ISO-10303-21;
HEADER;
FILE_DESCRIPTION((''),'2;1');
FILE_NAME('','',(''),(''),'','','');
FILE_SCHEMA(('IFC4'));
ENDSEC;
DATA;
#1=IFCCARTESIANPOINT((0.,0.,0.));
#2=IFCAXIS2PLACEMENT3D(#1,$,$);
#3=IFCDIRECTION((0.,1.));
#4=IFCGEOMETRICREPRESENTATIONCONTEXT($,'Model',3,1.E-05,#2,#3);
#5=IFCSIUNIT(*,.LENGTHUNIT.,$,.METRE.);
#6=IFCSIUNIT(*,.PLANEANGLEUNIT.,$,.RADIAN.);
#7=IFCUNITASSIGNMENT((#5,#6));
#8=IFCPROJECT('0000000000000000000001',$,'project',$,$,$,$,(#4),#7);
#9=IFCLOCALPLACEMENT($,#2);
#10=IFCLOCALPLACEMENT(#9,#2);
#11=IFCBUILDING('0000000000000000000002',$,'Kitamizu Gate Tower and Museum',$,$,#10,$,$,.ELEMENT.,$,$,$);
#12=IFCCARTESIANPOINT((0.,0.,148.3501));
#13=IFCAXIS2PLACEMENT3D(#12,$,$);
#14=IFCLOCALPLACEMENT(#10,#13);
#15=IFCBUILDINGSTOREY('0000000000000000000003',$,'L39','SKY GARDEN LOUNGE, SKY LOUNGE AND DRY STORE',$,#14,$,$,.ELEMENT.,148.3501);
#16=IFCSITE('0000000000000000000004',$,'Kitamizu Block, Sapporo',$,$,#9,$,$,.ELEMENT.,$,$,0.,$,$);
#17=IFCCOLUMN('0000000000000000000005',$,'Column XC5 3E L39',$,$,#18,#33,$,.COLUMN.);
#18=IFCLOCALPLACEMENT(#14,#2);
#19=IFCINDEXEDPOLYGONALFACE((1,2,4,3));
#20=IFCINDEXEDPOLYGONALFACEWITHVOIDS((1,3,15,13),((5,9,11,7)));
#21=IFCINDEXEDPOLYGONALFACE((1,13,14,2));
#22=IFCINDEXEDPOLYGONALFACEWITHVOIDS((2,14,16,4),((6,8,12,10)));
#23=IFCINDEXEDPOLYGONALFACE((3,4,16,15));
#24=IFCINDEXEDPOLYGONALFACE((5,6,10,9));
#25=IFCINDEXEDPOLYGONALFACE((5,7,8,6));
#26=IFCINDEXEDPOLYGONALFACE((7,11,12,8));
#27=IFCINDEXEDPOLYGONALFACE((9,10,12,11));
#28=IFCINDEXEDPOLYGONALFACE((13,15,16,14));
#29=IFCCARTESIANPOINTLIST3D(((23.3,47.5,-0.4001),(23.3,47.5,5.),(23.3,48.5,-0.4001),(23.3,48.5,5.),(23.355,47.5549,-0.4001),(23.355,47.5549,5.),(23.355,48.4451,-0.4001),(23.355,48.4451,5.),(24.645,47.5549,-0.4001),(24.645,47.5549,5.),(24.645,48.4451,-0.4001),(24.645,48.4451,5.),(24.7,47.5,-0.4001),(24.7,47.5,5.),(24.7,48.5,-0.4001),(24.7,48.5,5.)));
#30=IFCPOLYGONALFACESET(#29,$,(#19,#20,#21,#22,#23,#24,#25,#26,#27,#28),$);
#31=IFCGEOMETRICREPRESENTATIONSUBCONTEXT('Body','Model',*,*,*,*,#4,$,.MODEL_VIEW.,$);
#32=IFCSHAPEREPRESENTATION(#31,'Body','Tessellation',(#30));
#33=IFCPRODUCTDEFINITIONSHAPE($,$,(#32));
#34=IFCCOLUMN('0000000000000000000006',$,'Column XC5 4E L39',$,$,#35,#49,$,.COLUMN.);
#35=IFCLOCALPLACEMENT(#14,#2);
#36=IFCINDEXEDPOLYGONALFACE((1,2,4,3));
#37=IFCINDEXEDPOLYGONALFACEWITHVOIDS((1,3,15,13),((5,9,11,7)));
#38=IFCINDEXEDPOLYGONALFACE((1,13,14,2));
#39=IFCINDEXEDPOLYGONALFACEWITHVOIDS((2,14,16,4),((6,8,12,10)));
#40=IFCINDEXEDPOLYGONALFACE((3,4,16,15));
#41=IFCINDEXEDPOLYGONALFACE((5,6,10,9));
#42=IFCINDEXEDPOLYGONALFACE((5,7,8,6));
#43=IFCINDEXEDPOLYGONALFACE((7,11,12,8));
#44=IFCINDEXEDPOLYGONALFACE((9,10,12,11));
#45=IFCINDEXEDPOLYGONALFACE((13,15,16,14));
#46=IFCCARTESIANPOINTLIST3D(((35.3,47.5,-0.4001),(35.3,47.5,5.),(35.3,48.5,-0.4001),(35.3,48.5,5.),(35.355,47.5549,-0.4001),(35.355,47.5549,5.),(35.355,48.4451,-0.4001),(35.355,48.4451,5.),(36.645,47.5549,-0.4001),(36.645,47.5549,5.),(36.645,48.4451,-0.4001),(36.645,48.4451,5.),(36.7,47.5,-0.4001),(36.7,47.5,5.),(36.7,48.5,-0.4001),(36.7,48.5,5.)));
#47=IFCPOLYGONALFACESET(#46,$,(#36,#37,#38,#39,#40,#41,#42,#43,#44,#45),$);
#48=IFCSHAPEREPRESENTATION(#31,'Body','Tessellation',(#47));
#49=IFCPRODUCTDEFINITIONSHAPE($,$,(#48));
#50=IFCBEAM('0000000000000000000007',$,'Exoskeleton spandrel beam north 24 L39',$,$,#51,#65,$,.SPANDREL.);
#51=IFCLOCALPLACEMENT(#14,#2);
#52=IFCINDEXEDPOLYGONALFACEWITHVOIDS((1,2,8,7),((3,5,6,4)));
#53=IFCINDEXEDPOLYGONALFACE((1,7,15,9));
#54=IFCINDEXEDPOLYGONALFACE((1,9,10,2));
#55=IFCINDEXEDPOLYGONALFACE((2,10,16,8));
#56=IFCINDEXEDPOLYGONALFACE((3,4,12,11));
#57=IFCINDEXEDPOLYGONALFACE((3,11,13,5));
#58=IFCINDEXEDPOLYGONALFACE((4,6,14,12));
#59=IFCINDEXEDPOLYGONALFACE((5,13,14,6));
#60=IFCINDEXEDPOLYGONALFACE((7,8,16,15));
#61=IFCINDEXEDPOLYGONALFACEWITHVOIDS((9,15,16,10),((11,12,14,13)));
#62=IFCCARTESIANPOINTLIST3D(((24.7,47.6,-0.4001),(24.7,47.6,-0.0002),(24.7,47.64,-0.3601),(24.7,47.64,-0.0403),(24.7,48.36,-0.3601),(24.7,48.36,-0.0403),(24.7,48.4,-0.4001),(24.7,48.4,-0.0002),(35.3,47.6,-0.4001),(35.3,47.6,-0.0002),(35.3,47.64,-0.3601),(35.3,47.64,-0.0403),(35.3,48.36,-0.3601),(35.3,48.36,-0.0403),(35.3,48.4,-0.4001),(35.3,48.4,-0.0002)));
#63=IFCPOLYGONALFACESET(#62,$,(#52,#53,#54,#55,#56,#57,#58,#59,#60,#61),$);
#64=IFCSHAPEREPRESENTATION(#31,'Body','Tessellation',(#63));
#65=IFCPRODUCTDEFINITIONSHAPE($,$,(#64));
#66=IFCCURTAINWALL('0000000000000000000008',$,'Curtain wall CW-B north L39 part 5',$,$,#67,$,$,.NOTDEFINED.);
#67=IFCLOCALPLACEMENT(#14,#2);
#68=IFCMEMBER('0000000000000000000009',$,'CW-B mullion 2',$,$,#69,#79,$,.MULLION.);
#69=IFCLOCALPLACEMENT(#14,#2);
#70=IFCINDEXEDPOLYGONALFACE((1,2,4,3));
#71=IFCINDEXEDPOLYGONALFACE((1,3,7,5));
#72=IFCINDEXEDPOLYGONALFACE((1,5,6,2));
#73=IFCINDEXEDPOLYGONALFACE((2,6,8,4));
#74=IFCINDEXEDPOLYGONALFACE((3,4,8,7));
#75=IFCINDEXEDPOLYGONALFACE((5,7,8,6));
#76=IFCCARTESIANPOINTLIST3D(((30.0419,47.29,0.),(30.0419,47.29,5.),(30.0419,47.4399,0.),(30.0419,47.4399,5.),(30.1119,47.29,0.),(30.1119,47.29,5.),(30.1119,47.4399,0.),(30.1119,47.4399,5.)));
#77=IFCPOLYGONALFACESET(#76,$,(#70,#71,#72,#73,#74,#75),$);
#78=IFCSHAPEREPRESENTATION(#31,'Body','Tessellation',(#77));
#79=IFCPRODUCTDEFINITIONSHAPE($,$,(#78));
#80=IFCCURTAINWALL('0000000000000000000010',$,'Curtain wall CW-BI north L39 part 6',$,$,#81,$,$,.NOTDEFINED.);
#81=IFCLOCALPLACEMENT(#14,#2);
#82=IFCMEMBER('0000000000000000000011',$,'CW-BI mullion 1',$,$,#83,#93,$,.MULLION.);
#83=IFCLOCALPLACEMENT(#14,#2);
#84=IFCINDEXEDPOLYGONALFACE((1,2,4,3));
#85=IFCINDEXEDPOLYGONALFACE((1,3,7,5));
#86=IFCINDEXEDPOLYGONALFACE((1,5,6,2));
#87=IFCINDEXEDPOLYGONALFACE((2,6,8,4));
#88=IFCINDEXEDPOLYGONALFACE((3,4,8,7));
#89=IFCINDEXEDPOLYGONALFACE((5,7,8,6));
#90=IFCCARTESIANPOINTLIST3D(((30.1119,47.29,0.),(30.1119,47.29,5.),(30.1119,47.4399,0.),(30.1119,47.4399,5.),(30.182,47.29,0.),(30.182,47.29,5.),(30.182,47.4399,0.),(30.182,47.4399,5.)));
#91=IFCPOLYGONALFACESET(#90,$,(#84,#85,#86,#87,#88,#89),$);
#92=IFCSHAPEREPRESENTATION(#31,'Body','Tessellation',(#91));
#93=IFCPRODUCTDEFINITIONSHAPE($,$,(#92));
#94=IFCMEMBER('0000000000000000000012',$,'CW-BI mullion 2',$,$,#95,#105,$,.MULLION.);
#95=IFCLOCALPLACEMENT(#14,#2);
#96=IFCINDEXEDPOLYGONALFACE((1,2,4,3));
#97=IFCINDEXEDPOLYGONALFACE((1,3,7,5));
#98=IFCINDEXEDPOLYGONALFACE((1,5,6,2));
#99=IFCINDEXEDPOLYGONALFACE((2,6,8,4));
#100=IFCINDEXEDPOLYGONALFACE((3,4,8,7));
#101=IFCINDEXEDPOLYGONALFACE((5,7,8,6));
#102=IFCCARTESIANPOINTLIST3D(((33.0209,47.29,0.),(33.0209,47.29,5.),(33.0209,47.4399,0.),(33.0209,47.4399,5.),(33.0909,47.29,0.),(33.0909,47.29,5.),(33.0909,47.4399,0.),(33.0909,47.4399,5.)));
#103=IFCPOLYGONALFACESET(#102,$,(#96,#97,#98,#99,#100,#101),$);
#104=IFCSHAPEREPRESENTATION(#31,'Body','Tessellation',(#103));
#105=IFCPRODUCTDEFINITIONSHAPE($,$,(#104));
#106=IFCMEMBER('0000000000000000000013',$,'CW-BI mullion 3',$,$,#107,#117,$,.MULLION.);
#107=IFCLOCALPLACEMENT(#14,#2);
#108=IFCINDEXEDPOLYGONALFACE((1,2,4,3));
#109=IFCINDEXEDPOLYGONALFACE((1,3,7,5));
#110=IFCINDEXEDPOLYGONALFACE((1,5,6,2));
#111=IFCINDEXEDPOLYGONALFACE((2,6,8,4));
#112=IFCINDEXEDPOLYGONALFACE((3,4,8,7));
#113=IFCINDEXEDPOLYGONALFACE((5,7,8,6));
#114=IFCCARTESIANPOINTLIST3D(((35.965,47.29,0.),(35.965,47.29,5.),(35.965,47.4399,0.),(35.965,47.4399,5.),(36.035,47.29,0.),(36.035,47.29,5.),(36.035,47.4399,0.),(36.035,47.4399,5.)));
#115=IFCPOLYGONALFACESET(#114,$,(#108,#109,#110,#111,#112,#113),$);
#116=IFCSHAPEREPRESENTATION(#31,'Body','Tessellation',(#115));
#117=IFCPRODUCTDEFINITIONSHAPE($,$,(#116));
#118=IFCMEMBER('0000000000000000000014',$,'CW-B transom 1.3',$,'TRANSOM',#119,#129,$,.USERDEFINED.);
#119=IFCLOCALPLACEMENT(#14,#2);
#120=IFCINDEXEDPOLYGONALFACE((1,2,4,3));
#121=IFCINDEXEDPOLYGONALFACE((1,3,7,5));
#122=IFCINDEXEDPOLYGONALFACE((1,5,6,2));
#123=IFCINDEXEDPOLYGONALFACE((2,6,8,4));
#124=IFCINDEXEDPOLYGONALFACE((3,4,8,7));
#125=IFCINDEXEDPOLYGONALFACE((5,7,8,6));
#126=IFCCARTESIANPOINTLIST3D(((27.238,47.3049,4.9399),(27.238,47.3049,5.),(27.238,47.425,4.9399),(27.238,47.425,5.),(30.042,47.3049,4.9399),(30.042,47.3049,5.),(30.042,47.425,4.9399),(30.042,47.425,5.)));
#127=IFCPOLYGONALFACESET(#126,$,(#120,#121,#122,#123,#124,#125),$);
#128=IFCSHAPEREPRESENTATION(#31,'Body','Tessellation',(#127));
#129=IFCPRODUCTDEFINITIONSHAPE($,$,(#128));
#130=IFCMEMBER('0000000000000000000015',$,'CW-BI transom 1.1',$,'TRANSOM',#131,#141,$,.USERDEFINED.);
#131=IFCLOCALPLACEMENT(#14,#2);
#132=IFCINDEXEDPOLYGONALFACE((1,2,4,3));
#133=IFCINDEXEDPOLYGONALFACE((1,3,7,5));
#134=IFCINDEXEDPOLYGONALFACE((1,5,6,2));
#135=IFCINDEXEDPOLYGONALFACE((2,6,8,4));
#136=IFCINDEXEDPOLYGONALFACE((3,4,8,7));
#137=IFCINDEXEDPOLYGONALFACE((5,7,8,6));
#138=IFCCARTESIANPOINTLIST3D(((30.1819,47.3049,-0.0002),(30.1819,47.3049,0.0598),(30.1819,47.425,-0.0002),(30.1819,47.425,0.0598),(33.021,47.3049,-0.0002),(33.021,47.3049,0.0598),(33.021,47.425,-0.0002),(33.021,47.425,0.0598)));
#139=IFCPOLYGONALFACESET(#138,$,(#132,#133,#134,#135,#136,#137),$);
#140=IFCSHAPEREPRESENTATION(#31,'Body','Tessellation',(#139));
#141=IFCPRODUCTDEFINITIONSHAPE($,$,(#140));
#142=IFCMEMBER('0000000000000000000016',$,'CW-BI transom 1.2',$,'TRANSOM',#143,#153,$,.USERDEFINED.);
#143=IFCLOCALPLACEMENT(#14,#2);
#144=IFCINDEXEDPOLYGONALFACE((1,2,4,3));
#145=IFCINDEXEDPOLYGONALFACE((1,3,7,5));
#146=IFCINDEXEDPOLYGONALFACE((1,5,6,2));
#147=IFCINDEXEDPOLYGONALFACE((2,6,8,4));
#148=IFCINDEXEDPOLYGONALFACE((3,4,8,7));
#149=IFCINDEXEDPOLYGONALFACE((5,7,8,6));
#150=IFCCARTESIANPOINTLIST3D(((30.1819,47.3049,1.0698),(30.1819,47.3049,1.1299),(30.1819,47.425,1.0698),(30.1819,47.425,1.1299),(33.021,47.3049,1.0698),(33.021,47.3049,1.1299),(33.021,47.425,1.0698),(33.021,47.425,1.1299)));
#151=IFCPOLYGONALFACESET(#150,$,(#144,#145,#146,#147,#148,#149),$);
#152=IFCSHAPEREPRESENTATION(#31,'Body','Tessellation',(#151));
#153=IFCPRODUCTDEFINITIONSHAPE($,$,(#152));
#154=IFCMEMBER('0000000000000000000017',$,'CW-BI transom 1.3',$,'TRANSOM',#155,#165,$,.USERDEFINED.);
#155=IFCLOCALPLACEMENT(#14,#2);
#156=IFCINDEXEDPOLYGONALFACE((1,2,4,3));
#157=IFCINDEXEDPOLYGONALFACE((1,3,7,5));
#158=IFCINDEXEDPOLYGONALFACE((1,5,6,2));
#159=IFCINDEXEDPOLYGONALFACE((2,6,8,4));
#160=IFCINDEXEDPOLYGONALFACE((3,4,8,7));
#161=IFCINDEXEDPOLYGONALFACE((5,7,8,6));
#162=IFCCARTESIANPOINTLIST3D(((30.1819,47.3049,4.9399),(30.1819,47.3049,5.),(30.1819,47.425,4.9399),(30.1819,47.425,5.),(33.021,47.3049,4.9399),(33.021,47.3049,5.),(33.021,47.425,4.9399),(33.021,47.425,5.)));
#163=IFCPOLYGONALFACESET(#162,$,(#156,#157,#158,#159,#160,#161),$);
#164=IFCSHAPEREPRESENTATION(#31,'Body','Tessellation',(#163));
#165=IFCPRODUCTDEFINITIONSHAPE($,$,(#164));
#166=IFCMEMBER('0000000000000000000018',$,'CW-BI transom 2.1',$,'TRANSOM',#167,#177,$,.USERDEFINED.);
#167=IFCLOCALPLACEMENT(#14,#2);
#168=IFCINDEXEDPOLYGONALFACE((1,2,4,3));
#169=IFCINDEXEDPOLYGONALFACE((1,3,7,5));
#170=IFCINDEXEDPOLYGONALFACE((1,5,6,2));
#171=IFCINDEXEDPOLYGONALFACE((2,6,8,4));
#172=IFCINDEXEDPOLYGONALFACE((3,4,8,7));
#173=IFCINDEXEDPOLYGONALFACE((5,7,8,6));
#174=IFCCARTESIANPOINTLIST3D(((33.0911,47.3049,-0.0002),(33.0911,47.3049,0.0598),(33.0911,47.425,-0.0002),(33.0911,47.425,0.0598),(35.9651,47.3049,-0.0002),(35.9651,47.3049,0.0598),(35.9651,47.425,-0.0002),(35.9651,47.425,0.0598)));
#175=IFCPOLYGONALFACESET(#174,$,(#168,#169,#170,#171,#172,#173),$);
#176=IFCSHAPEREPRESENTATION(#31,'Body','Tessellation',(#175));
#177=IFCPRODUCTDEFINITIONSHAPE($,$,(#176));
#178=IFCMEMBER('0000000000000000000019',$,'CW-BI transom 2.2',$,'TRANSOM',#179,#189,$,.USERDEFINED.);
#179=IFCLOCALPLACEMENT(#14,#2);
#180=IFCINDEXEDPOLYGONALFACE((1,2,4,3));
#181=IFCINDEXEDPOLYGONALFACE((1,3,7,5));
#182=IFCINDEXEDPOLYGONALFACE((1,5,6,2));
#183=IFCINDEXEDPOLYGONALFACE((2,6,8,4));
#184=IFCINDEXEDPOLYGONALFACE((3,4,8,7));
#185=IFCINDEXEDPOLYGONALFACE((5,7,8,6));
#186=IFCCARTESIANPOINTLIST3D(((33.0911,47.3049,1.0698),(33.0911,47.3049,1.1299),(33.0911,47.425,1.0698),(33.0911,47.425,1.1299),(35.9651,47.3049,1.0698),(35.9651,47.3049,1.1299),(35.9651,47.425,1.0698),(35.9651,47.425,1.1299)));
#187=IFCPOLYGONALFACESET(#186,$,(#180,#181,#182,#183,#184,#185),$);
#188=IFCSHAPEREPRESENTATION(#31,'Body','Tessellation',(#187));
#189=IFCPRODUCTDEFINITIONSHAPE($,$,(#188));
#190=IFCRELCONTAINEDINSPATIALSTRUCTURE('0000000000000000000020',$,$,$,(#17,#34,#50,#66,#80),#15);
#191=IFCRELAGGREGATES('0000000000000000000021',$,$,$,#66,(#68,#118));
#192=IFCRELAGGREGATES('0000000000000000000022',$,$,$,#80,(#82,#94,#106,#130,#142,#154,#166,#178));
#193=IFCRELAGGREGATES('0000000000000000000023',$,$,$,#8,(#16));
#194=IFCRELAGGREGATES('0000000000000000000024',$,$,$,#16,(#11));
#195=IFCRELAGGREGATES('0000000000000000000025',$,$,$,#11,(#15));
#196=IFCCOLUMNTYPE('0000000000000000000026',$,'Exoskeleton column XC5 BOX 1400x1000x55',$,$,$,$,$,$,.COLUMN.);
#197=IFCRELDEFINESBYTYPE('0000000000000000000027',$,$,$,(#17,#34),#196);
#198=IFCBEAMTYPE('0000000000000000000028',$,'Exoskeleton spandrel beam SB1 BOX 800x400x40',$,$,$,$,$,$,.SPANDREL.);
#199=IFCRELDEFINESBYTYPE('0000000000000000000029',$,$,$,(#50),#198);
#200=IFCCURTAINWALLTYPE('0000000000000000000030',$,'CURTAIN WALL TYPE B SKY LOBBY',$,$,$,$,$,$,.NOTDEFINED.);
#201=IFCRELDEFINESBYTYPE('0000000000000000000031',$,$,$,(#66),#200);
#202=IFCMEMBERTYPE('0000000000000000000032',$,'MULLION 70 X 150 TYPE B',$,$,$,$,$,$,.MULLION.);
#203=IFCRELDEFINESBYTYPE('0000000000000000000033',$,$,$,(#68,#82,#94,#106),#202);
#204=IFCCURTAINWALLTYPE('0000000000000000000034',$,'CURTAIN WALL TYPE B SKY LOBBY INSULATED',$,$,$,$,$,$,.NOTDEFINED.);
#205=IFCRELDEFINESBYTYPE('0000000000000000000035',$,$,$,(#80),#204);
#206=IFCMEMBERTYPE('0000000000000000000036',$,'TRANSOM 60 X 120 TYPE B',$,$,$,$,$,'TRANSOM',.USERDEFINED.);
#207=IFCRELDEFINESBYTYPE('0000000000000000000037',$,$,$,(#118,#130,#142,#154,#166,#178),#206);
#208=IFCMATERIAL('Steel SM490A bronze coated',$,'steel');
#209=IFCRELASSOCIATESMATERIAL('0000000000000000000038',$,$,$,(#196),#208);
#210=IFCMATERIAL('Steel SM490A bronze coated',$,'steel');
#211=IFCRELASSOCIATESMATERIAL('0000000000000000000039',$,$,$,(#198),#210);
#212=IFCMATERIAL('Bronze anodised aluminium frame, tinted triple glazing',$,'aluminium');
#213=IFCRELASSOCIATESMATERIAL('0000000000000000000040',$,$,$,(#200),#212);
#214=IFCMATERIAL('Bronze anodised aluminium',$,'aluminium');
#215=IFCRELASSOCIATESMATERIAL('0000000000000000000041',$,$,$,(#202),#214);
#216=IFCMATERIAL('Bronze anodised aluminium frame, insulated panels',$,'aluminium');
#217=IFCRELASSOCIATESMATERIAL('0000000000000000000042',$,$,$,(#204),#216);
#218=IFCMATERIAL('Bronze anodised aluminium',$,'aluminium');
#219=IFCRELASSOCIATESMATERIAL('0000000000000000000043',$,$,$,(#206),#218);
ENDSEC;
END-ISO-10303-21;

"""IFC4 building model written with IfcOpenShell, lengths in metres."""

from ifc_helpers import new_model, si_unit, direction, frame, origin, origin_2d, place, context, subcontext, project, spatial, rectangle, hollow_rectangle, extrude, material, material_profile, profile_set, type_object, element, aggregate, save


model = new_model("IFC4")

# Units and contexts
model_context = context("Model", 3, precision=1e-05, world=origin(), true_north=direction((0.0, 1.0)))
body_context = subcontext(model_context, "Body", "Model", "MODEL_VIEW")
ifc_project = project(units=[si_unit("LENGTHUNIT", "METRE"), si_unit("PLANEANGLEUNIT", "RADIAN")], contexts=[model_context])

# Site, building, storey
site_placement = place(None, origin())
site = spatial("IfcSite", under=ifc_project, at=site_placement, Name="Kitamizu Block, Sapporo", CompositionType="ELEMENT", RefElevation=0.0)
building_placement = place(site_placement, origin())
building = spatial("IfcBuilding", under=site, at=building_placement, Name="Kitamizu Gate Tower and Museum", CompositionType="ELEMENT")
storey_placement = place(building_placement, frame((0.0, 0.0, 148.3501)))
storey = spatial("IfcBuildingStorey", under=building, at=storey_placement, Name="L39", Description="SKY GARDEN LOUNGE, SKY LOUNGE AND DRY STORE", CompositionType="ELEMENT", Elevation=148.3501)

# Columns
ifc_material_1 = material(Name="Steel SM490A bronze coated", Category="steel")
ifc_material_profile_1 = material_profile(ifc_material_1, hollow_rectangle(XDim=1.3999, YDim=1.0, WallThickness=0.0549, at=origin_2d()), Name="BOX 1400x1000x55")
ifc_profile_set_1 = profile_set([ifc_material_profile_1], Name="Steel SM490A bronze coated")
column_type = type_object("IfcColumnType", Name="Exoskeleton column XC5 BOX 1400x1000x55", PredefinedType="COLUMN", material=ifc_profile_set_1)
for number, where, z_axis, x_axis, name in (
    (1, (24.0, 48.0, -0.4001), (0.0, 0.0, 1.0), (1.0, 0.0, 0.0), "Column XC5 3E L39"),
    (2, (36.0, 48.0, -0.4001), (0.0, 0.0, 1.0), (1.0, 0.0, 0.0), "Column XC5 4E L39"),
):
    element("IfcColumn", number, at=place(storey_placement, frame(where, z_axis=z_axis, x_axis=x_axis)), inside=storey, type_object=column_type, Name=name, PredefinedType="COLUMN", context=body_context, shape_type="SweptSolid", body=[
        extrude(hollow_rectangle(XDim=1.3999, YDim=1.0, WallThickness=0.0549, at=origin_2d()), origin(), (0.0, 0.0, 1.0), 5.4001),
    ])

# Beam
ifc_material_2 = material(Name="Steel SM490A bronze coated", Category="steel")
ifc_material_profile_2 = material_profile(ifc_material_2, hollow_rectangle(XDim=0.8, YDim=0.3999, WallThickness=0.04, at=origin_2d()), Name="BOX 800x400x40")
ifc_profile_set_2 = profile_set([ifc_material_profile_2], Name="Steel SM490A bronze coated")
beam_type = type_object("IfcBeamType", Name="Exoskeleton spandrel beam SB1 BOX 800x400x40", PredefinedType="SPANDREL", material=ifc_profile_set_2)
beam_placement = place(storey_placement, frame((24.7, 48.0, -0.2002), z_axis=(1.0, 0.0, 0.0), x_axis=(0.0, 1.0, 0.0)))
element("IfcBeam", 3, at=beam_placement, inside=storey, type_object=beam_type, Name="Exoskeleton spandrel beam north 24 L39", PredefinedType="SPANDREL", context=body_context, shape_type="SweptSolid", body=[
    extrude(hollow_rectangle(XDim=0.8, YDim=0.3999, WallThickness=0.04, at=origin_2d()), origin(), (0.0, 0.0, 1.0), 10.6001),
])

# Curtain wall, member
ifc_material_3 = material(Name="Bronze anodised aluminium frame, tinted triple glazing", Category="aluminium")
curtain_wall_type_1 = type_object("IfcCurtainWallType", Name="CURTAIN WALL TYPE B SKY LOBBY", PredefinedType="NOTDEFINED", material=ifc_material_3)
curtain_wall_1_placement = place(storey_placement, origin())
curtain_wall_1 = element("IfcCurtainWall", 4, at=curtain_wall_1_placement, inside=storey, type_object=curtain_wall_type_1, Name="Curtain wall CW-B north L39 part 5", PredefinedType="NOTDEFINED")
ifc_material_4 = material(Name="Bronze anodised aluminium", Category="aluminium")
ifc_material_profile_3 = material_profile(ifc_material_4, rectangle(XDim=0.0701, YDim=0.1499, at=origin_2d()), Name="AL 70X150")
ifc_profile_set_3 = profile_set([ifc_material_profile_3], Name="Bronze anodised aluminium")
member_type_1 = type_object("IfcMemberType", Name="MULLION 70 X 150 TYPE B", PredefinedType="MULLION", material=ifc_profile_set_3)
member_1_placement = place(storey_placement, frame((30.0769, 47.365, 0.0), z_axis=(0.0, 0.0, 1.0), x_axis=(1.0, 0.0, 0.0)))
member_1 = element("IfcMember", 5, at=member_1_placement, type_object=member_type_1, Name="CW-B mullion 2", PredefinedType="MULLION", context=body_context, shape_type="SweptSolid", body=[
    extrude(rectangle(XDim=0.0701, YDim=0.1499, at=origin_2d()), origin(), (0.0, 0.0, 1.0), 5.0),
])

# Curtain wall, members
ifc_material_5 = material(Name="Bronze anodised aluminium frame, insulated panels", Category="aluminium")
curtain_wall_type_2 = type_object("IfcCurtainWallType", Name="CURTAIN WALL TYPE B SKY LOBBY INSULATED", PredefinedType="NOTDEFINED", material=ifc_material_5)
curtain_wall_2_placement = place(storey_placement, origin())
curtain_wall_2 = element("IfcCurtainWall", 6, at=curtain_wall_2_placement, inside=storey, type_object=curtain_wall_type_2, Name="Curtain wall CW-BI north L39 part 6", PredefinedType="NOTDEFINED")
member_2_placement = place(storey_placement, frame((30.147, 47.365, 0.0), z_axis=(0.0, 0.0, 1.0), x_axis=(1.0, 0.0, 0.0)))
member_2 = element("IfcMember", 7, at=member_2_placement, type_object=member_type_1, Name="CW-BI mullion 1", PredefinedType="MULLION", context=body_context, shape_type="SweptSolid", body=[
    extrude(rectangle(XDim=0.0701, YDim=0.1499, at=origin_2d()), origin(), (0.0, 0.0, 1.0), 5.0),
])
member_3_placement = place(storey_placement, frame((33.0559, 47.365, 0.0), z_axis=(0.0, 0.0, 1.0), x_axis=(1.0, 0.0, 0.0)))
member_3 = element("IfcMember", 8, at=member_3_placement, type_object=member_type_1, Name="CW-BI mullion 2", PredefinedType="MULLION", context=body_context, shape_type="SweptSolid", body=[
    extrude(rectangle(XDim=0.0701, YDim=0.1499, at=origin_2d()), origin(), (0.0, 0.0, 1.0), 5.0),
])
member_4_placement = place(storey_placement, frame((36.0, 47.365, 0.0), z_axis=(0.0, 0.0, 1.0), x_axis=(1.0, 0.0, 0.0)))
member_4 = element("IfcMember", 9, at=member_4_placement, type_object=member_type_1, Name="CW-BI mullion 3", PredefinedType="MULLION", context=body_context, shape_type="SweptSolid", body=[
    extrude(rectangle(XDim=0.0701, YDim=0.1499, at=origin_2d()), origin(), (0.0, 0.0, 1.0), 5.0),
])

# Members
ifc_material_6 = material(Name="Bronze anodised aluminium", Category="aluminium")
ifc_material_profile_4 = material_profile(ifc_material_6, rectangle(XDim=0.1201, YDim=0.0601, at=origin_2d()), Name="AL 60X120")
ifc_profile_set_4 = profile_set([ifc_material_profile_4], Name="Bronze anodised aluminium")
member_type_2 = type_object("IfcMemberType", Name="TRANSOM 60 X 120 TYPE B", ElementType="TRANSOM", PredefinedType="USERDEFINED", material=ifc_profile_set_4)
member_5_placement = place(storey_placement, frame((27.238, 47.365, 4.97), z_axis=(1.0, 0.0, 0.0), x_axis=(0.0, 1.0, 0.0)))
member_5 = element("IfcMember", 10, at=member_5_placement, type_object=member_type_2, Name="CW-B transom 1.3", ObjectType="TRANSOM", PredefinedType="USERDEFINED", context=body_context, shape_type="SweptSolid", body=[
    extrude(rectangle(XDim=0.1201, YDim=0.0601, at=origin_2d()), origin(), (0.0, 0.0, 1.0), 2.804),
])
member_6_placement = place(storey_placement, frame((30.1819, 47.365, 0.0298), z_axis=(1.0, 0.0, 0.0), x_axis=(0.0, 1.0, 0.0)))
member_6 = element("IfcMember", 11, at=member_6_placement, type_object=member_type_2, Name="CW-BI transom 1.1", ObjectType="TRANSOM", PredefinedType="USERDEFINED", context=body_context, shape_type="SweptSolid", body=[
    extrude(rectangle(XDim=0.1201, YDim=0.0601, at=origin_2d()), origin(), (0.0, 0.0, 1.0), 2.8391),
])
member_7_placement = place(storey_placement, frame((30.1819, 47.365, 1.0999), z_axis=(1.0, 0.0, 0.0), x_axis=(0.0, 1.0, 0.0)))
member_7 = element("IfcMember", 12, at=member_7_placement, type_object=member_type_2, Name="CW-BI transom 1.2", ObjectType="TRANSOM", PredefinedType="USERDEFINED", context=body_context, shape_type="SweptSolid", body=[
    extrude(rectangle(XDim=0.1201, YDim=0.0601, at=origin_2d()), origin(), (0.0, 0.0, 1.0), 2.8391),
])
member_8_placement = place(storey_placement, frame((30.1819, 47.365, 4.97), z_axis=(1.0, 0.0, 0.0), x_axis=(0.0, 1.0, 0.0)))
member_8 = element("IfcMember", 13, at=member_8_placement, type_object=member_type_2, Name="CW-BI transom 1.3", ObjectType="TRANSOM", PredefinedType="USERDEFINED", context=body_context, shape_type="SweptSolid", body=[
    extrude(rectangle(XDim=0.1201, YDim=0.0601, at=origin_2d()), origin(), (0.0, 0.0, 1.0), 2.8391),
])
member_9_placement = place(storey_placement, frame((33.0911, 47.365, 0.0298), z_axis=(1.0, 0.0, 0.0), x_axis=(0.0, 1.0, 0.0)))
member_9 = element("IfcMember", 14, at=member_9_placement, type_object=member_type_2, Name="CW-BI transom 2.1", ObjectType="TRANSOM", PredefinedType="USERDEFINED", context=body_context, shape_type="SweptSolid", body=[
    extrude(rectangle(XDim=0.1201, YDim=0.0601, at=origin_2d()), origin(), (0.0, 0.0, 1.0), 2.874),
])
member_10_placement = place(storey_placement, frame((33.0911, 47.365, 1.0999), z_axis=(1.0, 0.0, 0.0), x_axis=(0.0, 1.0, 0.0)))
member_10 = element("IfcMember", 15, at=member_10_placement, type_object=member_type_2, Name="CW-BI transom 2.2", ObjectType="TRANSOM", PredefinedType="USERDEFINED", context=body_context, shape_type="SweptSolid", body=[
    extrude(rectangle(XDim=0.1201, YDim=0.0601, at=origin_2d()), origin(), (0.0, 0.0, 1.0), 2.874),
])

aggregate(curtain_wall_1, [member_1, member_5])
aggregate(curtain_wall_2, [member_2, member_3, member_4, member_6, member_7, member_8, member_9, member_10])

save(model, "model.ifc")
